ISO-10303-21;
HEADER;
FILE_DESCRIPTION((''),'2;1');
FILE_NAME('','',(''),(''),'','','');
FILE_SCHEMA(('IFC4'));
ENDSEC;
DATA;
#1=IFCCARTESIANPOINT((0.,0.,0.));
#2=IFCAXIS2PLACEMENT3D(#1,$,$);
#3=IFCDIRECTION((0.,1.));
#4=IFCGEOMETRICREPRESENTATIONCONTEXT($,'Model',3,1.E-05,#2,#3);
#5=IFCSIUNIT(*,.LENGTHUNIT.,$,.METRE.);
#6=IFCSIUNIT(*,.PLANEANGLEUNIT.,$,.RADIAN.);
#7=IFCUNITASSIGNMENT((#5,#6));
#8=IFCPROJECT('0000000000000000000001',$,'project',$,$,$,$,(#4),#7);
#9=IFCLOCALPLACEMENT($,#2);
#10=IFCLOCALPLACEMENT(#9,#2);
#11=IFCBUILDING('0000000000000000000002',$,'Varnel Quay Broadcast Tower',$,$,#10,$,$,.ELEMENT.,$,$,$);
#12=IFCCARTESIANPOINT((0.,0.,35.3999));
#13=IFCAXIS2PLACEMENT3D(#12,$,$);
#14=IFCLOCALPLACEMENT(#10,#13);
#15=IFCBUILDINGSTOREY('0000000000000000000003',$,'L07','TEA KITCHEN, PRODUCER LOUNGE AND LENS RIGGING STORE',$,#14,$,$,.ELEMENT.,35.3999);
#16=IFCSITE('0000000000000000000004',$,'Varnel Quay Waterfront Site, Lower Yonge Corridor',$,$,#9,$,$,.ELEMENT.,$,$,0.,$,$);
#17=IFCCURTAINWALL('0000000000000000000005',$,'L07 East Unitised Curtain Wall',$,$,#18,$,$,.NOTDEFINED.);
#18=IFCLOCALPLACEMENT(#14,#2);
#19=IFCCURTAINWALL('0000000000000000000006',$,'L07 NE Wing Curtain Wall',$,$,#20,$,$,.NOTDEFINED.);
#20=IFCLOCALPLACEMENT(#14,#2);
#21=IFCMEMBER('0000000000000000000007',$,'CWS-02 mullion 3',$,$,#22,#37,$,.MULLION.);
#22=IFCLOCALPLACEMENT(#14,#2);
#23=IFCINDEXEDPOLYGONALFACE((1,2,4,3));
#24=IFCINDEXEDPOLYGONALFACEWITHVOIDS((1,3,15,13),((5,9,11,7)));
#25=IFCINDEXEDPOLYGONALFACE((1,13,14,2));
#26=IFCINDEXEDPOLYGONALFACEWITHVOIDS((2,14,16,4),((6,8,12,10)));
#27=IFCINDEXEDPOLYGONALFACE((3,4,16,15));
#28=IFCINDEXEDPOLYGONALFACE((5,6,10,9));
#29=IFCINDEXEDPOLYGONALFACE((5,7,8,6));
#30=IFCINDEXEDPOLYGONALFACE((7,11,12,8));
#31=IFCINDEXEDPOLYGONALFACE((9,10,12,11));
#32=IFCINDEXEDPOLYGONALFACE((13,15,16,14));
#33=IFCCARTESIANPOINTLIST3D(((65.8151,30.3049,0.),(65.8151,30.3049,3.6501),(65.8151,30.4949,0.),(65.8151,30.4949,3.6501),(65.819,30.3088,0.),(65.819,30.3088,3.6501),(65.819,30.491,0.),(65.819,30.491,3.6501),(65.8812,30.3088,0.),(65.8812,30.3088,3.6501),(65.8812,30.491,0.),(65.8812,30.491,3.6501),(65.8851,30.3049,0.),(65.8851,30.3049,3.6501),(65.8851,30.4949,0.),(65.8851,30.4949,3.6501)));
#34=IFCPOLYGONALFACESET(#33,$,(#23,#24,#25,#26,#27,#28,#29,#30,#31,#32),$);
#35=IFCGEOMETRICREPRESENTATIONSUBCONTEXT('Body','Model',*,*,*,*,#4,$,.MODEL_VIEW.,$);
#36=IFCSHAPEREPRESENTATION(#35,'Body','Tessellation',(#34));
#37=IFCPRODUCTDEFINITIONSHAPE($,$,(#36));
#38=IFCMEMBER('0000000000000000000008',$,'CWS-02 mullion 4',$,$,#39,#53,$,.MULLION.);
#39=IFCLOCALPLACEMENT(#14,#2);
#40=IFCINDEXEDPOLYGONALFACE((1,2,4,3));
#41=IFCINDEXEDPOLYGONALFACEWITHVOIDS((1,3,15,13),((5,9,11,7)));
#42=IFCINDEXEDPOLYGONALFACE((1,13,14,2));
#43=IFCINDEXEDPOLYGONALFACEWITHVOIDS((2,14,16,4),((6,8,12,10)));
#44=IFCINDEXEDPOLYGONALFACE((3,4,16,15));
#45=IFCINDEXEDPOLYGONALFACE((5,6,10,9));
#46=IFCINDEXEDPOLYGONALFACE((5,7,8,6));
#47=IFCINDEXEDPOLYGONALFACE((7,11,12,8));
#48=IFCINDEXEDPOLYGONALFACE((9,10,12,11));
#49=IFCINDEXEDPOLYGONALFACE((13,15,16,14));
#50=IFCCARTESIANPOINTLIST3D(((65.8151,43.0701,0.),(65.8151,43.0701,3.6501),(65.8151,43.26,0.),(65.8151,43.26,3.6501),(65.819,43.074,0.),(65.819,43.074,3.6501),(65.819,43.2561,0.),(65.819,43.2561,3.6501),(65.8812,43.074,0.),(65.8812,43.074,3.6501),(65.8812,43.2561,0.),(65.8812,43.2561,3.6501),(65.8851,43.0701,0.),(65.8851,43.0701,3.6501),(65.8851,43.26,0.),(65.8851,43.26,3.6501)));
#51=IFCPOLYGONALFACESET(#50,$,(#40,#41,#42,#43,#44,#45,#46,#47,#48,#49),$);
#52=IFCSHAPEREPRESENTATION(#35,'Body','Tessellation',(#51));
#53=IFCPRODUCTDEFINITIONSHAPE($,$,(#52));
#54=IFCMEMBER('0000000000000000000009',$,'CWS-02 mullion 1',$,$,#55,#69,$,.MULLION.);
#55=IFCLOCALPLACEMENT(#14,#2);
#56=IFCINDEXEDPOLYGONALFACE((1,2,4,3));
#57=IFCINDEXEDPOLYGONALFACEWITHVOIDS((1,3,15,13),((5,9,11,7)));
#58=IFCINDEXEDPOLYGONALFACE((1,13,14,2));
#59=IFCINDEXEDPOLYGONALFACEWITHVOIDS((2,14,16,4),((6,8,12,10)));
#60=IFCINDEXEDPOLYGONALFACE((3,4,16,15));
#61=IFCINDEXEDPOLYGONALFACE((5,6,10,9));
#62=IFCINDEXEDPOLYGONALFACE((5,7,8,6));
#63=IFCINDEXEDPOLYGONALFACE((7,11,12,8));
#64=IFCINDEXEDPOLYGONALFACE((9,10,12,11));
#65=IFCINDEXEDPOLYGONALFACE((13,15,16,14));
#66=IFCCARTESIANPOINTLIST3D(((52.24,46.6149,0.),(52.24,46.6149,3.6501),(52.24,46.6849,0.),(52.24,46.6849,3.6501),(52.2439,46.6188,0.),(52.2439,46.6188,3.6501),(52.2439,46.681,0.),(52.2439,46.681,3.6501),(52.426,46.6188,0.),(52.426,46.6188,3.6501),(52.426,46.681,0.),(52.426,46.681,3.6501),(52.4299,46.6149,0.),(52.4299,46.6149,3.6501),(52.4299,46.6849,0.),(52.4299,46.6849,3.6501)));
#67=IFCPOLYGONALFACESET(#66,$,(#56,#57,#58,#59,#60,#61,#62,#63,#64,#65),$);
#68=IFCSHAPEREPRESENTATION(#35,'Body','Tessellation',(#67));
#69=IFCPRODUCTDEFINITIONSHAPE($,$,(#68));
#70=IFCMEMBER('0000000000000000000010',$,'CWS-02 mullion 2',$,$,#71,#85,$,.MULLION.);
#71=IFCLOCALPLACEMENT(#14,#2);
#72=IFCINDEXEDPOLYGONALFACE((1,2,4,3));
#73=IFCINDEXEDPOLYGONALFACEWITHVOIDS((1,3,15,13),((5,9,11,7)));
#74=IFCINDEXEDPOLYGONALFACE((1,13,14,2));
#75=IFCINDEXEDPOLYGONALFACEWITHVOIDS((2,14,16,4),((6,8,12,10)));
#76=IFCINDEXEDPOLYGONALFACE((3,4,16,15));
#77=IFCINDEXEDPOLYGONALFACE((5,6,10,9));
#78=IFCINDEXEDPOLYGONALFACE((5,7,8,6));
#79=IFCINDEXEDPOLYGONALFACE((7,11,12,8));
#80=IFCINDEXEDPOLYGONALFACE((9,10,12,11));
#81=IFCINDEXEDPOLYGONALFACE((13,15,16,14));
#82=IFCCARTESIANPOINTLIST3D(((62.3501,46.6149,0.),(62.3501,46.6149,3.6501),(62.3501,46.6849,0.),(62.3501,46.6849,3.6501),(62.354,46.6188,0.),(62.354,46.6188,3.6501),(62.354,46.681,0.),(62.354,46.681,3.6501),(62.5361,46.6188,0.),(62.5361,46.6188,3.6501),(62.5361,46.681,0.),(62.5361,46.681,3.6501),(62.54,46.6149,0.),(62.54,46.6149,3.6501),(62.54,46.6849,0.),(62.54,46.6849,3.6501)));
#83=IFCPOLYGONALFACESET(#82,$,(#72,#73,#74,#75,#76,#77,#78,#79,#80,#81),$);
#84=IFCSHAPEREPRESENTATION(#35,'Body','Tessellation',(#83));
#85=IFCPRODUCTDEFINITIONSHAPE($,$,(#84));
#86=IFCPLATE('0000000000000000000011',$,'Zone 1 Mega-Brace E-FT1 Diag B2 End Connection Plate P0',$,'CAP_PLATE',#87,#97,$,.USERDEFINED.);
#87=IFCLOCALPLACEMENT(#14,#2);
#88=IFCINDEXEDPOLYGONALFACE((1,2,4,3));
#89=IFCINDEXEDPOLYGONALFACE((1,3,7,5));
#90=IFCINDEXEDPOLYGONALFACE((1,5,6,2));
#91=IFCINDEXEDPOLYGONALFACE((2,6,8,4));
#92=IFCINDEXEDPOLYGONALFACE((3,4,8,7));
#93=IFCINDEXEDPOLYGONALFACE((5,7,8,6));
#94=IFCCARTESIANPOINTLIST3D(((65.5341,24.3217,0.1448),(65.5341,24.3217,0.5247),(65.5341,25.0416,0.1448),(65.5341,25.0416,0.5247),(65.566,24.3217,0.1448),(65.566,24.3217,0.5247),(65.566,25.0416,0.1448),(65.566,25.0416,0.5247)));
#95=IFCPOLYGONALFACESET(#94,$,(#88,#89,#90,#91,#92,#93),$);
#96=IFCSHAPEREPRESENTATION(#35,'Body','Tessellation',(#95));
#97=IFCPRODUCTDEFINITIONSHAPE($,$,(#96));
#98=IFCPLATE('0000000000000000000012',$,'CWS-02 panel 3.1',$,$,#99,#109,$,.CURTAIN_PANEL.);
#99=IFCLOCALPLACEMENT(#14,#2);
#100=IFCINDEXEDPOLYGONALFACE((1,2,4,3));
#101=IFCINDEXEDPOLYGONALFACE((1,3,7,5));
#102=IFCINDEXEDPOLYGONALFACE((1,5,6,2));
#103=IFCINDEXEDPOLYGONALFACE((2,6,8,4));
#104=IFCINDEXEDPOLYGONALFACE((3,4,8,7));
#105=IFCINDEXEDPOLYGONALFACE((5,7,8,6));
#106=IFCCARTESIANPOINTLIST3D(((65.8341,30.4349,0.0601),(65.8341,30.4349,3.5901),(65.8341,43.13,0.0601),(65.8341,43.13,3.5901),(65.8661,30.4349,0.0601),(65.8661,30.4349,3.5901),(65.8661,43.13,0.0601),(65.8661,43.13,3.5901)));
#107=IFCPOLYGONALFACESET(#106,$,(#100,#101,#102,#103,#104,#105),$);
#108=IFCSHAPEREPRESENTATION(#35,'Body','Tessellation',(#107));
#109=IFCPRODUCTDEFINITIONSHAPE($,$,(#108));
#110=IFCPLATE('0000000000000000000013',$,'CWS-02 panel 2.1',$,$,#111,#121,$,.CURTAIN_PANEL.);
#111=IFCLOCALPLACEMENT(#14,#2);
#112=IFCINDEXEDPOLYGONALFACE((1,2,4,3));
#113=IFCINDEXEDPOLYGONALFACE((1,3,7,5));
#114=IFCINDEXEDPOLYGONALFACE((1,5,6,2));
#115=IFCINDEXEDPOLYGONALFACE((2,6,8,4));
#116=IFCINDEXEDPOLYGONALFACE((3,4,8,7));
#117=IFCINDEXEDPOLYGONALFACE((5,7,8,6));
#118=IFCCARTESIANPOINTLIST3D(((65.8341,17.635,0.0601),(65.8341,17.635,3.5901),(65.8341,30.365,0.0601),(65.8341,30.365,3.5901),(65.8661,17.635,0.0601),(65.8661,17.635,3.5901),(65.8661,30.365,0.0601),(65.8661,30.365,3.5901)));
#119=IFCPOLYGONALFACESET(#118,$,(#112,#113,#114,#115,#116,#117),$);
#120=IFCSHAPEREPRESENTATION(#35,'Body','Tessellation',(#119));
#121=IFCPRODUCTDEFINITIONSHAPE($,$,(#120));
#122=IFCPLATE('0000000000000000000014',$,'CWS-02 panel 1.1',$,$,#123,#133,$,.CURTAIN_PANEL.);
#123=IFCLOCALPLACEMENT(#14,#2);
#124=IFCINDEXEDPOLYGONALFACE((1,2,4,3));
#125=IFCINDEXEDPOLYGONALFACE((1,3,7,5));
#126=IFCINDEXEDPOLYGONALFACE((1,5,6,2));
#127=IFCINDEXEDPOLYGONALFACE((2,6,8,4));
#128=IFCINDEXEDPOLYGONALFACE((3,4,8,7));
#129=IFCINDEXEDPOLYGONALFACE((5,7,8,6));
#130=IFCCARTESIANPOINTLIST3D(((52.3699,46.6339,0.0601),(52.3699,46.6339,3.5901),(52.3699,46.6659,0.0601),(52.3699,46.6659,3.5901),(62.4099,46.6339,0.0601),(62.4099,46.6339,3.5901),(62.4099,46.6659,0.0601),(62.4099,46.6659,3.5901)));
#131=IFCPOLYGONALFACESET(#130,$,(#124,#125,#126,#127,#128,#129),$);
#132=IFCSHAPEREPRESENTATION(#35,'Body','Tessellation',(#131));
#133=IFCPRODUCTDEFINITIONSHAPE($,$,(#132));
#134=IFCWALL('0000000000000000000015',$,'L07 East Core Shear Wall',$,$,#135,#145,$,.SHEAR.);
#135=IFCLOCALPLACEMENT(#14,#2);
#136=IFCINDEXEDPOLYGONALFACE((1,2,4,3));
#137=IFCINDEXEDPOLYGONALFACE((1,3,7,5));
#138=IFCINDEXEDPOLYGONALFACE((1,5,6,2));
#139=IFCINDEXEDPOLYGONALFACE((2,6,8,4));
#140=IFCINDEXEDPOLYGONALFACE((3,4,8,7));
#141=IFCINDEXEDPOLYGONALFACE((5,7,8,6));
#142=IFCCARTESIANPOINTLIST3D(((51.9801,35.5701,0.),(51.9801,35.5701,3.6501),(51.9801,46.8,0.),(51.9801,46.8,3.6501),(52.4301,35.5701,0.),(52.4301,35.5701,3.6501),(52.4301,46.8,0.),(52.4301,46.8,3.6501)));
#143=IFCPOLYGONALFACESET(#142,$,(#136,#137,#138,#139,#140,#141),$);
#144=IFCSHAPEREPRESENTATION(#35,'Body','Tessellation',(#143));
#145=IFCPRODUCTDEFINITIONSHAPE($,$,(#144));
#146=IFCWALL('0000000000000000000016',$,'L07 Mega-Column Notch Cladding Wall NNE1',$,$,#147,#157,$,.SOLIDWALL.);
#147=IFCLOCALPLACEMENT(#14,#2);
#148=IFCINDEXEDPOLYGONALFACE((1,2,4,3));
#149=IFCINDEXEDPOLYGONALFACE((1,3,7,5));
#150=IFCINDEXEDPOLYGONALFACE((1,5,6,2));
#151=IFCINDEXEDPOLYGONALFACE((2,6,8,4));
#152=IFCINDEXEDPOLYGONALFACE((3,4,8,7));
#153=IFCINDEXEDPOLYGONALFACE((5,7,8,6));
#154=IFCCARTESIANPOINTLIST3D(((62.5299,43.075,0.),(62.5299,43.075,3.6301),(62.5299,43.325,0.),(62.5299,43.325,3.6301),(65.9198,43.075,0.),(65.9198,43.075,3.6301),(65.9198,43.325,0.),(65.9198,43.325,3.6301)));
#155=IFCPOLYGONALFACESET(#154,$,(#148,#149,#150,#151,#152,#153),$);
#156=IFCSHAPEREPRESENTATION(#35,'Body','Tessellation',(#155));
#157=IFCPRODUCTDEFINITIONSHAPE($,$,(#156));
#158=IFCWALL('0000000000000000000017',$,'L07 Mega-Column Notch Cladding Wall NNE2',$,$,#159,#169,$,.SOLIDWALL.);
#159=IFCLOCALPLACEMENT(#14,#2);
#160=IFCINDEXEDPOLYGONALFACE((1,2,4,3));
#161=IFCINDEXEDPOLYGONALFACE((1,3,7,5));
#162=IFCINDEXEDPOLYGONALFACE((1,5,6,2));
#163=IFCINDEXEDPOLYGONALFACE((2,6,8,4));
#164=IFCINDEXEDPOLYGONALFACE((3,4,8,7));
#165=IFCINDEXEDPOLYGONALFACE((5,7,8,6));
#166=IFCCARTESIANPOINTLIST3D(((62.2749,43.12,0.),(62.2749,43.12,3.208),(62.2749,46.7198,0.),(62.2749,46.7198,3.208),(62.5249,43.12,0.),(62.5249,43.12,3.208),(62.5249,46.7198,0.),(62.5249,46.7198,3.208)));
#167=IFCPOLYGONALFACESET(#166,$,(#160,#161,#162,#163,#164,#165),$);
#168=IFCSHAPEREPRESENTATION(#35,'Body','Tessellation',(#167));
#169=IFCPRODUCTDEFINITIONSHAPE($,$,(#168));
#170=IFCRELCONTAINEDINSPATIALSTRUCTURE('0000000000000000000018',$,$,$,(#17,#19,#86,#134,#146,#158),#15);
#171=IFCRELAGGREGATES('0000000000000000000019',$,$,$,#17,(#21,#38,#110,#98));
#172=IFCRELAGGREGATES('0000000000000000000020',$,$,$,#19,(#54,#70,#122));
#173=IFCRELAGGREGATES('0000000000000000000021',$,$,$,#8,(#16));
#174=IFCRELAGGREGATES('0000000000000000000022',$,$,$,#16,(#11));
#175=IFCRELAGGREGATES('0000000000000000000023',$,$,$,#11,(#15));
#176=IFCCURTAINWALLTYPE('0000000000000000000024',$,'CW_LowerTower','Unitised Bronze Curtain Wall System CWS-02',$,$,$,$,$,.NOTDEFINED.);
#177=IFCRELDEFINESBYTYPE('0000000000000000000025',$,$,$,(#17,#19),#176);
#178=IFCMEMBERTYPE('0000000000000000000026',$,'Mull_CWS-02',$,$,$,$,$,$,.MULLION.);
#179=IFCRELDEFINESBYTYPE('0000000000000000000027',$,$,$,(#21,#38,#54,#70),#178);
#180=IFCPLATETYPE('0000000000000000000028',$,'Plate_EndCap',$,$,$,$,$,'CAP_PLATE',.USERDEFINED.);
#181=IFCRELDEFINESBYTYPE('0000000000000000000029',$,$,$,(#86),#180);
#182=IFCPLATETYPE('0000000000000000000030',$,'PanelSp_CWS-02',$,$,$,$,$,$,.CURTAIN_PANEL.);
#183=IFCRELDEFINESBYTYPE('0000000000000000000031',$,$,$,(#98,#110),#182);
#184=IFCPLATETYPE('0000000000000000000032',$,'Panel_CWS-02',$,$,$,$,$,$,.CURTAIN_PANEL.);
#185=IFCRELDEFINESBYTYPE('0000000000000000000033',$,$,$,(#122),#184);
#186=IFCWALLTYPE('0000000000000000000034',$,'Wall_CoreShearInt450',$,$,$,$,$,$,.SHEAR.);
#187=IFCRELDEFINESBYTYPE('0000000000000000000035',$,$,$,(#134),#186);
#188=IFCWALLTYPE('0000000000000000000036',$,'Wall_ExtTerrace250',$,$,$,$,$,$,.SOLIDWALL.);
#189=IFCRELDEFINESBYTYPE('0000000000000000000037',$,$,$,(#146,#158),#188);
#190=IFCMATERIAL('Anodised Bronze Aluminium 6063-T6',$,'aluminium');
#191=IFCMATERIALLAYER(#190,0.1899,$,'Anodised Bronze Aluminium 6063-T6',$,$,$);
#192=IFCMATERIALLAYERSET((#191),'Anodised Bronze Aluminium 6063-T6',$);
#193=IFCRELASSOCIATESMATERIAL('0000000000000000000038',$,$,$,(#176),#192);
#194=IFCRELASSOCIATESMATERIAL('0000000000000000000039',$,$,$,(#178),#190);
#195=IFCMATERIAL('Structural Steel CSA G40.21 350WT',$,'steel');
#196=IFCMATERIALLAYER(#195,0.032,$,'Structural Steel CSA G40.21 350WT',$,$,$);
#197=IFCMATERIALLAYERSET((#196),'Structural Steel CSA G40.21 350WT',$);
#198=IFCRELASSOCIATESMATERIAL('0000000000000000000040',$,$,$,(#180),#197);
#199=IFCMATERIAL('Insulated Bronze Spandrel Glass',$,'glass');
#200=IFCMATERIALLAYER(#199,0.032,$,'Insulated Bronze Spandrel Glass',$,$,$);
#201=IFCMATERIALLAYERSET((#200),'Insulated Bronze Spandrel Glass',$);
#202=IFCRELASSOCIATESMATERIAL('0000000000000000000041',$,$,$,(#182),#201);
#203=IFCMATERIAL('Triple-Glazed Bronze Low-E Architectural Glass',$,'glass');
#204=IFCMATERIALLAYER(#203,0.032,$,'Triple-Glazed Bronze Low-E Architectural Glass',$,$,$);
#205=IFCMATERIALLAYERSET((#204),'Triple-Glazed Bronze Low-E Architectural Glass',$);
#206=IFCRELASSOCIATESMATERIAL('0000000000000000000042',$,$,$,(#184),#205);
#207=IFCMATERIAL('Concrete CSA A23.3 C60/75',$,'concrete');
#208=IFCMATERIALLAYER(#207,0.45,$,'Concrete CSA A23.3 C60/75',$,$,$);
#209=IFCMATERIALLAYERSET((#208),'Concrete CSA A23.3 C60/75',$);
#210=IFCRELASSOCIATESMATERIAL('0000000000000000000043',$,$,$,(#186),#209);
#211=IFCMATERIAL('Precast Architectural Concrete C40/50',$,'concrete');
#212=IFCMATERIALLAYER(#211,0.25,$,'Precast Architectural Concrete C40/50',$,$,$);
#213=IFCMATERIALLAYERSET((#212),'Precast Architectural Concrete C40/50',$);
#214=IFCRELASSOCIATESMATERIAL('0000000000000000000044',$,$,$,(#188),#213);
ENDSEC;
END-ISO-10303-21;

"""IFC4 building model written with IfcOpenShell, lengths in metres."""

from ifc_helpers import new_model, si_unit, direction, frame, frame_2d, origin, origin_2d, place, context, subcontext, project, spatial, rectangle, hollow_rectangle, extrude, source, transform, mapped, material, layer, layer_set, material_profile, profile_set, type_object, type_shapes, element, aggregate, save


model = new_model("IFC4")

# Units and contexts
model_context = context("Model", 3, precision=1e-05, world=origin(), true_north=direction((0.0, 1.0)))
body_context = subcontext(model_context, "Body", "Model", "MODEL_VIEW")
ifc_project = project(units=[si_unit("LENGTHUNIT", "METRE"), si_unit("PLANEANGLEUNIT", "RADIAN")], contexts=[model_context])

# Site, building, storey
site_placement = place(None, origin())
site = spatial("IfcSite", under=ifc_project, at=site_placement, Name="Varnel Quay Waterfront Site, Lower Yonge Corridor", CompositionType="ELEMENT", RefElevation=0.0)
building_placement = place(site_placement, origin())
building = spatial("IfcBuilding", under=site, at=building_placement, Name="Varnel Quay Broadcast Tower", CompositionType="ELEMENT")
storey_placement = place(building_placement, frame((0.0, 0.0, 35.3999)))
storey = spatial("IfcBuildingStorey", under=building, at=storey_placement, Name="L07", Description="TEA KITCHEN, PRODUCER LOUNGE AND LENS RIGGING STORE", CompositionType="ELEMENT", Elevation=35.3999)

# Shared definitions
ifc_material_1 = material(Name="Structural Steel CSA G40.21 350WT", Category="steel")

# Curtain walls
ifc_material_2 = material(Name="Anodised Bronze Aluminium 6063-T6", Category="aluminium")
ifc_layer_1 = layer(ifc_material_2, 0.1899, Name="Anodised Bronze Aluminium 6063-T6")
ifc_layer_set_1 = layer_set([ifc_layer_1], Name="Anodised Bronze Aluminium 6063-T6")
curtain_wall_type = type_object("IfcCurtainWallType", Name="CW_LowerTower", Description="Unitised Bronze Curtain Wall System CWS-02", PredefinedType="NOTDEFINED", material=ifc_layer_set_1)
curtain_wall_1_placement = place(storey_placement, origin())
curtain_wall_1 = element("IfcCurtainWall", 1, at=curtain_wall_1_placement, inside=storey, type_object=curtain_wall_type, Name="L07 East Unitised Curtain Wall", PredefinedType="NOTDEFINED")
curtain_wall_2_placement = place(storey_placement, origin())
curtain_wall_2 = element("IfcCurtainWall", 2, at=curtain_wall_2_placement, inside=storey, type_object=curtain_wall_type, Name="L07 NE Wing Curtain Wall", PredefinedType="NOTDEFINED")

# Members
ifc_material_profile_1 = material_profile(ifc_material_2, hollow_rectangle(XDim=0.0701, YDim=0.1899, WallThickness=0.0039, at=origin_2d()), Name="ALU70X190X4")
ifc_profile_set_1 = profile_set([ifc_material_profile_1], Name="Anodised Bronze Aluminium 6063-T6")
member_type_1 = type_object("IfcMemberType", Name="Mull_CWS-02", PredefinedType="MULLION", material=ifc_profile_set_1)
shared_shape_1 = source(origin(), body_context, "Body", "SweptSolid", [
    extrude(hollow_rectangle(XDim=0.0701, YDim=0.1899, WallThickness=0.0039, at=origin_2d()), origin(), (0.0, 0.0, 1.0), 3.6501),
])
type_shapes(member_type_1, [shared_shape_1])
member_1_placement = place(storey_placement, frame((65.8501, 30.3999, 0.0), z_axis=(0.0, 0.0, 1.0), x_axis=(-1.0, 0.0, 0.0)))
member_1 = element("IfcMember", 3, at=member_1_placement, type_object=member_type_1, Name="CWS-02 mullion 3", PredefinedType="MULLION", context=body_context, shape_type="MappedRepresentation", body=[
    mapped(shared_shape_1, transform((0.0, 0.0, 0.0), x_axis=(1.0, 0.0, 0.0), y_axis=(0.0, 1.0, 0.0), z_axis=(0.0, 0.0, 1.0), scale=1.0)),
])
member_2_placement = place(storey_placement, frame((65.8501, 43.165, 0.0), z_axis=(0.0, 0.0, 1.0), x_axis=(-1.0, 0.0, 0.0)))
member_2 = element("IfcMember", 4, at=member_2_placement, type_object=member_type_1, Name="CWS-02 mullion 4", PredefinedType="MULLION", context=body_context, shape_type="MappedRepresentation", body=[
    mapped(shared_shape_1, transform((0.0, 0.0, 0.0), x_axis=(1.0, 0.0, 0.0), y_axis=(0.0, 1.0, 0.0), z_axis=(0.0, 0.0, 1.0), scale=1.0)),
])
member_3_placement = place(storey_placement, frame((52.335, 46.6499, 0.0), z_axis=(0.0, 0.0, 1.0), x_axis=(0.0, 1.0, 0.0)))
member_3 = element("IfcMember", 5, at=member_3_placement, type_object=member_type_1, Name="CWS-02 mullion 1", PredefinedType="MULLION", context=body_context, shape_type="MappedRepresentation", body=[
    mapped(shared_shape_1, transform((0.0, 0.0, 0.0), x_axis=(1.0, 0.0, 0.0), y_axis=(0.0, 1.0, 0.0), z_axis=(0.0, 0.0, 1.0), scale=1.0)),
])
member_4_placement = place(storey_placement, frame((62.4451, 46.6499, 0.0), z_axis=(0.0, 0.0, 1.0), x_axis=(0.0, 1.0, 0.0)))
member_4 = element("IfcMember", 6, at=member_4_placement, type_object=member_type_1, Name="CWS-02 mullion 2", PredefinedType="MULLION", context=body_context, shape_type="MappedRepresentation", body=[
    mapped(shared_shape_1, transform((0.0, 0.0, 0.0), x_axis=(1.0, 0.0, 0.0), y_axis=(0.0, 1.0, 0.0), z_axis=(0.0, 0.0, 1.0), scale=1.0)),
])

# Plates
ifc_layer_2 = layer(ifc_material_1, 0.032, Name="Structural Steel CSA G40.21 350WT")
ifc_layer_set_2 = layer_set([ifc_layer_2], Name="Structural Steel CSA G40.21 350WT")
plate_type_1 = type_object("IfcPlateType", Name="Plate_EndCap", ElementType="CAP_PLATE", PredefinedType="USERDEFINED", material=ifc_layer_set_2)
shared_shape_2 = source(origin(), body_context, "Body", "SweptSolid", [
    extrude(rectangle(XDim=0.72, YDim=0.032, at=origin_2d()), origin(), (0.0, 0.0, 1.0), 0.3799),
])
type_shapes(plate_type_1, [shared_shape_2])
plate_1_placement = place(storey_placement, frame((65.55, 24.6816, 0.1448), z_axis=(0.0, 0.0, 1.0), x_axis=(0.0, 1.0, 0.0)))
element("IfcPlate", 7, at=plate_1_placement, inside=storey, type_object=plate_type_1, Name="Zone 1 Mega-Brace E-FT1 Diag B2 End Connection Plate P0", ObjectType="CAP_PLATE", PredefinedType="USERDEFINED", context=body_context, shape_type="MappedRepresentation", body=[
    mapped(shared_shape_2, transform((0.0, 0.0, 0.0), x_axis=(1.0, 0.0, 0.0), y_axis=(0.0, 1.0, 0.0), z_axis=(0.0, 0.0, 1.0), scale=1.0)),
])
ifc_material_3 = material(Name="Insulated Bronze Spandrel Glass", Category="glass")
ifc_layer_3 = layer(ifc_material_3, 0.032, Name="Insulated Bronze Spandrel Glass")
ifc_layer_set_3 = layer_set([ifc_layer_3], Name="Insulated Bronze Spandrel Glass")
plate_type_2 = type_object("IfcPlateType", Name="PanelSp_CWS-02", PredefinedType="CURTAIN_PANEL", material=ifc_layer_set_3)
shared_shape_3 = source(origin(), body_context, "Body", "SweptSolid", [
    extrude(rectangle(XDim=12.6951, YDim=0.032, at=origin_2d()), origin(), (0.0, 0.0, 1.0), 3.53),
])
plate_2_placement = place(storey_placement, frame((65.8501, 36.7825, 0.0601), z_axis=(0.0, 0.0, 1.0), x_axis=(0.0, 1.0, 0.0)))
plate_2 = element("IfcPlate", 8, at=plate_2_placement, type_object=plate_type_2, Name="CWS-02 panel 3.1", PredefinedType="CURTAIN_PANEL", context=body_context, shape_type="MappedRepresentation", body=[
    mapped(shared_shape_3, transform((0.0, 0.0, 0.0), x_axis=(1.0, 0.0, 0.0), y_axis=(0.0, 1.0, 0.0), z_axis=(0.0, 0.0, 1.0), scale=1.0)),
])
shared_shape_4 = source(origin(), body_context, "Body", "SweptSolid", [
    extrude(rectangle(XDim=12.73, YDim=0.032, at=origin_2d()), origin(), (0.0, 0.0, 1.0), 3.53),
])
type_shapes(plate_type_2, [shared_shape_3, shared_shape_4])
plate_3_placement = place(storey_placement, frame((65.8501, 24.0, 0.0601), z_axis=(0.0, 0.0, 1.0), x_axis=(0.0, 1.0, 0.0)))
plate_3 = element("IfcPlate", 9, at=plate_3_placement, type_object=plate_type_2, Name="CWS-02 panel 2.1", PredefinedType="CURTAIN_PANEL", context=body_context, shape_type="MappedRepresentation", body=[
    mapped(shared_shape_4, transform((0.0, 0.0, 0.0), x_axis=(1.0, 0.0, 0.0), y_axis=(0.0, 1.0, 0.0), z_axis=(0.0, 0.0, 1.0), scale=1.0)),
])
aggregate(curtain_wall_1, [member_1, member_2, plate_3, plate_2])
ifc_material_4 = material(Name="Triple-Glazed Bronze Low-E Architectural Glass", Category="glass")
ifc_layer_4 = layer(ifc_material_4, 0.032, Name="Triple-Glazed Bronze Low-E Architectural Glass")
ifc_layer_set_4 = layer_set([ifc_layer_4], Name="Triple-Glazed Bronze Low-E Architectural Glass")
plate_type_3 = type_object("IfcPlateType", Name="Panel_CWS-02", PredefinedType="CURTAIN_PANEL", material=ifc_layer_set_4)
shared_shape_5 = source(origin(), body_context, "Body", "SweptSolid", [
    extrude(rectangle(XDim=10.04, YDim=0.032, at=origin_2d()), origin(), (0.0, 0.0, 1.0), 3.53),
])
type_shapes(plate_type_3, [shared_shape_5])
plate_4_placement = place(storey_placement, frame((57.3899, 46.6499, 0.0601), z_axis=(0.0, 0.0, 1.0), x_axis=(1.0, 0.0, 0.0)))
plate_4 = element("IfcPlate", 10, at=plate_4_placement, type_object=plate_type_3, Name="CWS-02 panel 1.1", PredefinedType="CURTAIN_PANEL", context=body_context, shape_type="MappedRepresentation", body=[
    mapped(shared_shape_5, transform((0.0, 0.0, 0.0), x_axis=(1.0, 0.0, 0.0), y_axis=(0.0, 1.0, 0.0), z_axis=(0.0, 0.0, 1.0), scale=1.0)),
])
aggregate(curtain_wall_2, [member_3, member_4, plate_4])

# Walls
ifc_material_5 = material(Name="Concrete CSA A23.3 C60/75", Category="concrete")
ifc_layer_5 = layer(ifc_material_5, 0.45, Name="Concrete CSA A23.3 C60/75")
ifc_layer_set_5 = layer_set([ifc_layer_5], Name="Concrete CSA A23.3 C60/75")
wall_type_1 = type_object("IfcWallType", Name="Wall_CoreShearInt450", PredefinedType="SHEAR", material=ifc_layer_set_5)
wall_1_placement = place(storey_placement, frame((52.2051, 35.5701, 0.0), z_axis=(0.0, 0.0, 1.0), x_axis=(0.0, 1.0, 0.0)))
element("IfcWall", 11, at=wall_1_placement, inside=storey, type_object=wall_type_1, Name="L07 East Core Shear Wall", PredefinedType="SHEAR", context=body_context, shape_type="SweptSolid", body=[
    extrude(rectangle(XDim=11.23, YDim=0.45, at=frame_2d((5.615, 0.0))), origin(), (0.0, 0.0, 1.0), 3.6501),
])
ifc_material_6 = material(Name="Precast Architectural Concrete C40/50", Category="concrete")
ifc_layer_6 = layer(ifc_material_6, 0.25, Name="Precast Architectural Concrete C40/50")
ifc_layer_set_6 = layer_set([ifc_layer_6], Name="Precast Architectural Concrete C40/50")
wall_type_2 = type_object("IfcWallType", Name="Wall_ExtTerrace250", PredefinedType="SOLIDWALL", material=ifc_layer_set_6)
wall_2_placement = place(storey_placement, frame((62.53, 43.2, 0.0), z_axis=(0.0, 0.0, 1.0), x_axis=(1.0, 0.0, 0.0)))
element("IfcWall", 12, at=wall_2_placement, inside=storey, type_object=wall_type_2, Name="L07 Mega-Column Notch Cladding Wall NNE1", PredefinedType="SOLIDWALL", context=body_context, shape_type="SweptSolid", body=[
    extrude(rectangle(XDim=3.3899, YDim=0.25, at=frame_2d((1.6948, 0.0))), origin(), (0.0, 0.0, 1.0), 3.6301),
])
wall_3_placement = place(storey_placement, frame((62.3999, 43.1201, 0.0), z_axis=(0.0, 0.0, 1.0), x_axis=(0.0, 1.0, 0.0)))
element("IfcWall", 13, at=wall_3_placement, inside=storey, type_object=wall_type_2, Name="L07 Mega-Column Notch Cladding Wall NNE2", PredefinedType="SOLIDWALL", context=body_context, shape_type="SweptSolid", body=[
    extrude(rectangle(XDim=3.5999, YDim=0.25, at=frame_2d((1.7998, 0.0))), origin(), (0.0, 0.0, 1.0), 3.208),
])

save(model, "model.ifc")
